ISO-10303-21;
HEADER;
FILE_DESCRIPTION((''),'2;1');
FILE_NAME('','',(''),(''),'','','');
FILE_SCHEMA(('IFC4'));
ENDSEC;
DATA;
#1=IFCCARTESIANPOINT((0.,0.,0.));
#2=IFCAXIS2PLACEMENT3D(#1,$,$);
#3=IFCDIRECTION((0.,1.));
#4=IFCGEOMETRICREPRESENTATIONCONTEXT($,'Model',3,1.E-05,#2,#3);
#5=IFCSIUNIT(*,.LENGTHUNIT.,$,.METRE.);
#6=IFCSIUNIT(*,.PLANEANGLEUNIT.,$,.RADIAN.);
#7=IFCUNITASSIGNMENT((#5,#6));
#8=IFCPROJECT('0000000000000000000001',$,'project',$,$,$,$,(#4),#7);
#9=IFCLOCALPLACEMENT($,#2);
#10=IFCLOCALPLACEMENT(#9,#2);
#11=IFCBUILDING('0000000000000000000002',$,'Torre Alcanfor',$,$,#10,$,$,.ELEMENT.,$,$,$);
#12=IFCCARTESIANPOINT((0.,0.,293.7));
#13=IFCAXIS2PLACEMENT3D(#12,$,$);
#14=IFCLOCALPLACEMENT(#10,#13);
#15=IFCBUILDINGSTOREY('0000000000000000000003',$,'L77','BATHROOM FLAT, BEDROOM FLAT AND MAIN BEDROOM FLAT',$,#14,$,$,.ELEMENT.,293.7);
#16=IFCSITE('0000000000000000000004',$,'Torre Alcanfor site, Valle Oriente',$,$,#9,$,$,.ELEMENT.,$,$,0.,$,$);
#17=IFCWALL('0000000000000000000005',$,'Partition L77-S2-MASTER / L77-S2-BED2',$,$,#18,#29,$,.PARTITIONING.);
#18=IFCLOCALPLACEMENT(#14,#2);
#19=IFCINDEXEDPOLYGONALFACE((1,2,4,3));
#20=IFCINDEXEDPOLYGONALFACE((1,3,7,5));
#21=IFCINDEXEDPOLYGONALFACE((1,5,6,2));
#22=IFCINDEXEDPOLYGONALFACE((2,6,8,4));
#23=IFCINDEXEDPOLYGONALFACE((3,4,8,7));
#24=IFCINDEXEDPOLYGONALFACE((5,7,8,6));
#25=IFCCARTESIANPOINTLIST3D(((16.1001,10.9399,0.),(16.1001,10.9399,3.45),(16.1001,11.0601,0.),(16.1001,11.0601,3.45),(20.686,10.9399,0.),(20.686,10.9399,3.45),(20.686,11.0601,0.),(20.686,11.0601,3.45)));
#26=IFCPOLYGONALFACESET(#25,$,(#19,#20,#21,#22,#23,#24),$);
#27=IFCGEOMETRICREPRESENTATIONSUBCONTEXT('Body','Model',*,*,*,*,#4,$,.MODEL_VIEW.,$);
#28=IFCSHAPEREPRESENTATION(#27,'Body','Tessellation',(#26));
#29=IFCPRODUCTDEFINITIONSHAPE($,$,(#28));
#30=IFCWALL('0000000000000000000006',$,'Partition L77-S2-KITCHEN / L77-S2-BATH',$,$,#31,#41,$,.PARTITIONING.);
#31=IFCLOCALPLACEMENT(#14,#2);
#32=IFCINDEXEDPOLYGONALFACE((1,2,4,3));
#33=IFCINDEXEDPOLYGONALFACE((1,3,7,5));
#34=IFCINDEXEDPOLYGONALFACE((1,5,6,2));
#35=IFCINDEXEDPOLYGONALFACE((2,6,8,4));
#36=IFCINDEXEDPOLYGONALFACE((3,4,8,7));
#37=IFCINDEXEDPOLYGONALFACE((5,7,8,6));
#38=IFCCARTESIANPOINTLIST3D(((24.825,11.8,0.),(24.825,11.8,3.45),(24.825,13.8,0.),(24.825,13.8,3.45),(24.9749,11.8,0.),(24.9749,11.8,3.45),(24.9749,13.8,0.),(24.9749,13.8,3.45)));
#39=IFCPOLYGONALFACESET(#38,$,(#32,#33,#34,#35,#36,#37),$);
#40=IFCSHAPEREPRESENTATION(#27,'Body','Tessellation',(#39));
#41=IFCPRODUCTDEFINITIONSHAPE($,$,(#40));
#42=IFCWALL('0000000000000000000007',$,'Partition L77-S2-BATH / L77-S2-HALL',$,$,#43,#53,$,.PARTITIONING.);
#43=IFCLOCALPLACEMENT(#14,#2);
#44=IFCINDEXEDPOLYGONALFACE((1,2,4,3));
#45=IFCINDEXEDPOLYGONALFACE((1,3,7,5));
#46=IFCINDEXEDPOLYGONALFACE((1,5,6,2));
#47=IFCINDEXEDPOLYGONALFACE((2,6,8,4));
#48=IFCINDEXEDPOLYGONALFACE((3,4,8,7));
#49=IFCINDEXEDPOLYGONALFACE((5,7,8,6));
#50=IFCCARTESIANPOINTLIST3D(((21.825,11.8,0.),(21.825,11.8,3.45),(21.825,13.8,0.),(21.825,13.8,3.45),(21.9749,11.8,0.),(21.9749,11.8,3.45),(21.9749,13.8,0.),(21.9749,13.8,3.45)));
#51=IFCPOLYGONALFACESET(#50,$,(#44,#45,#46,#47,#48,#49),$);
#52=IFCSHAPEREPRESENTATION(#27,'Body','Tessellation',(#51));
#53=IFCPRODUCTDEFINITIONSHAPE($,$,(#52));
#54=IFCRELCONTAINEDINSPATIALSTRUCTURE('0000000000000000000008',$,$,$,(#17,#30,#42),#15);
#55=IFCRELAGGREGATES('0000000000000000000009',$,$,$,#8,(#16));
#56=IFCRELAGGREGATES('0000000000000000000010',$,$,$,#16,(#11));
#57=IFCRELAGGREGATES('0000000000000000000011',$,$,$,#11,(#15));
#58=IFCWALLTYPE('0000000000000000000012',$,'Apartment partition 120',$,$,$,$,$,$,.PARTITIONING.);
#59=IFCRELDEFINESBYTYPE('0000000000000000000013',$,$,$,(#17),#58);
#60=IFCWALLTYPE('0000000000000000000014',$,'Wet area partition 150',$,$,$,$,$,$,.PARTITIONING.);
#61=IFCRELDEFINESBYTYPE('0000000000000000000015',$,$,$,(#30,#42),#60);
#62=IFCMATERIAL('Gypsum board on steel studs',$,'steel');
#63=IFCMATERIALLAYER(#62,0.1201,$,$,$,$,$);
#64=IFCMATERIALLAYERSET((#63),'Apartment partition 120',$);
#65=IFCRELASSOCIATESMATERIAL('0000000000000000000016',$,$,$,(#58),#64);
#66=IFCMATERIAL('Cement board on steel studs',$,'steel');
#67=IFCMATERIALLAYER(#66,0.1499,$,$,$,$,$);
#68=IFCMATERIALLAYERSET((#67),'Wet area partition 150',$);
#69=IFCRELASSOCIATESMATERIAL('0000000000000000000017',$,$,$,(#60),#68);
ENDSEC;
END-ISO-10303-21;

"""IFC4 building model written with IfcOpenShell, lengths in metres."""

from ifc_helpers import new_model, si_unit, direction, frame, frame_2d, origin, place, context, subcontext, project, spatial, rectangle, extrude, material, layer, layer_set, type_object, element, save


model = new_model("IFC4")

# Units and contexts
model_context = context("Model", 3, precision=1e-05, world=origin(), true_north=direction((0.0, 1.0)))
body_context = subcontext(model_context, "Body", "Model", "MODEL_VIEW")
ifc_project = project(units=[si_unit("LENGTHUNIT", "METRE"), si_unit("PLANEANGLEUNIT", "RADIAN")], contexts=[model_context])

# Site, building, storey
site_placement = place(None, origin())
site = spatial("IfcSite", under=ifc_project, at=site_placement, Name="Torre Alcanfor site, Valle Oriente", CompositionType="ELEMENT", RefElevation=0.0)
building_placement = place(site_placement, origin())
building = spatial("IfcBuilding", under=site, at=building_placement, Name="Torre Alcanfor", CompositionType="ELEMENT")
storey_placement = place(building_placement, frame((0.0, 0.0, 293.7)))
storey = spatial("IfcBuildingStorey", under=building, at=storey_placement, Name="L77", Description="BATHROOM FLAT, BEDROOM FLAT AND MAIN BEDROOM FLAT", CompositionType="ELEMENT", Elevation=293.7)

# Shared definitions
ifc_material_1 = material(Name="Gypsum board on steel studs", Category="steel")
ifc_layer_1 = layer(ifc_material_1, 0.1201)
ifc_layer_set_1 = layer_set([ifc_layer_1], Name="Apartment partition 120")
wall_type_1 = type_object("IfcWallType", Name="Apartment partition 120", PredefinedType="PARTITIONING", material=ifc_layer_set_1)

# Walls
wall_1_placement = place(storey_placement, frame((20.686, 11.0, 0.0), z_axis=(0.0, 0.0, 1.0), x_axis=(-1.0, 0.0, 0.0)))
element("IfcWall", 1, at=wall_1_placement, inside=storey, type_object=wall_type_1, Name="Partition L77-S2-MASTER / L77-S2-BED2", PredefinedType="PARTITIONING", context=body_context, shape_type="SweptSolid", body=[
    extrude(rectangle(XDim=4.5859, YDim=0.1201, at=frame_2d((2.293, 0.0))), origin(), (0.0, 0.0, 1.0), 3.45),
])
ifc_material_2 = material(Name="Cement board on steel studs", Category="steel")
ifc_layer_2 = layer(ifc_material_2, 0.1499)
ifc_layer_set_2 = layer_set([ifc_layer_2], Name="Wet area partition 150")
wall_type_2 = type_object("IfcWallType", Name="Wet area partition 150", PredefinedType="PARTITIONING", material=ifc_layer_set_2)
for number, where, z_axis, x_axis, name in (
    (2, (24.8999, 11.8, 0.0), (0.0, 0.0, 1.0), (0.0, 1.0, 0.0), "Partition L77-S2-KITCHEN / L77-S2-BATH"),
    (3, (21.8999, 11.8, 0.0), (0.0, 0.0, 1.0), (0.0, 1.0, 0.0), "Partition L77-S2-BATH / L77-S2-HALL"),
):
    element("IfcWall", number, at=place(storey_placement, frame(where, z_axis=z_axis, x_axis=x_axis)), inside=storey, type_object=wall_type_2, Name=name, PredefinedType="PARTITIONING", context=body_context, shape_type="SweptSolid", body=[
        extrude(rectangle(XDim=2.0, YDim=0.1499, at=frame_2d((1.0, 0.0))), origin(), (0.0, 0.0, 1.0), 3.45),
    ])

save(model, "model.ifc")
